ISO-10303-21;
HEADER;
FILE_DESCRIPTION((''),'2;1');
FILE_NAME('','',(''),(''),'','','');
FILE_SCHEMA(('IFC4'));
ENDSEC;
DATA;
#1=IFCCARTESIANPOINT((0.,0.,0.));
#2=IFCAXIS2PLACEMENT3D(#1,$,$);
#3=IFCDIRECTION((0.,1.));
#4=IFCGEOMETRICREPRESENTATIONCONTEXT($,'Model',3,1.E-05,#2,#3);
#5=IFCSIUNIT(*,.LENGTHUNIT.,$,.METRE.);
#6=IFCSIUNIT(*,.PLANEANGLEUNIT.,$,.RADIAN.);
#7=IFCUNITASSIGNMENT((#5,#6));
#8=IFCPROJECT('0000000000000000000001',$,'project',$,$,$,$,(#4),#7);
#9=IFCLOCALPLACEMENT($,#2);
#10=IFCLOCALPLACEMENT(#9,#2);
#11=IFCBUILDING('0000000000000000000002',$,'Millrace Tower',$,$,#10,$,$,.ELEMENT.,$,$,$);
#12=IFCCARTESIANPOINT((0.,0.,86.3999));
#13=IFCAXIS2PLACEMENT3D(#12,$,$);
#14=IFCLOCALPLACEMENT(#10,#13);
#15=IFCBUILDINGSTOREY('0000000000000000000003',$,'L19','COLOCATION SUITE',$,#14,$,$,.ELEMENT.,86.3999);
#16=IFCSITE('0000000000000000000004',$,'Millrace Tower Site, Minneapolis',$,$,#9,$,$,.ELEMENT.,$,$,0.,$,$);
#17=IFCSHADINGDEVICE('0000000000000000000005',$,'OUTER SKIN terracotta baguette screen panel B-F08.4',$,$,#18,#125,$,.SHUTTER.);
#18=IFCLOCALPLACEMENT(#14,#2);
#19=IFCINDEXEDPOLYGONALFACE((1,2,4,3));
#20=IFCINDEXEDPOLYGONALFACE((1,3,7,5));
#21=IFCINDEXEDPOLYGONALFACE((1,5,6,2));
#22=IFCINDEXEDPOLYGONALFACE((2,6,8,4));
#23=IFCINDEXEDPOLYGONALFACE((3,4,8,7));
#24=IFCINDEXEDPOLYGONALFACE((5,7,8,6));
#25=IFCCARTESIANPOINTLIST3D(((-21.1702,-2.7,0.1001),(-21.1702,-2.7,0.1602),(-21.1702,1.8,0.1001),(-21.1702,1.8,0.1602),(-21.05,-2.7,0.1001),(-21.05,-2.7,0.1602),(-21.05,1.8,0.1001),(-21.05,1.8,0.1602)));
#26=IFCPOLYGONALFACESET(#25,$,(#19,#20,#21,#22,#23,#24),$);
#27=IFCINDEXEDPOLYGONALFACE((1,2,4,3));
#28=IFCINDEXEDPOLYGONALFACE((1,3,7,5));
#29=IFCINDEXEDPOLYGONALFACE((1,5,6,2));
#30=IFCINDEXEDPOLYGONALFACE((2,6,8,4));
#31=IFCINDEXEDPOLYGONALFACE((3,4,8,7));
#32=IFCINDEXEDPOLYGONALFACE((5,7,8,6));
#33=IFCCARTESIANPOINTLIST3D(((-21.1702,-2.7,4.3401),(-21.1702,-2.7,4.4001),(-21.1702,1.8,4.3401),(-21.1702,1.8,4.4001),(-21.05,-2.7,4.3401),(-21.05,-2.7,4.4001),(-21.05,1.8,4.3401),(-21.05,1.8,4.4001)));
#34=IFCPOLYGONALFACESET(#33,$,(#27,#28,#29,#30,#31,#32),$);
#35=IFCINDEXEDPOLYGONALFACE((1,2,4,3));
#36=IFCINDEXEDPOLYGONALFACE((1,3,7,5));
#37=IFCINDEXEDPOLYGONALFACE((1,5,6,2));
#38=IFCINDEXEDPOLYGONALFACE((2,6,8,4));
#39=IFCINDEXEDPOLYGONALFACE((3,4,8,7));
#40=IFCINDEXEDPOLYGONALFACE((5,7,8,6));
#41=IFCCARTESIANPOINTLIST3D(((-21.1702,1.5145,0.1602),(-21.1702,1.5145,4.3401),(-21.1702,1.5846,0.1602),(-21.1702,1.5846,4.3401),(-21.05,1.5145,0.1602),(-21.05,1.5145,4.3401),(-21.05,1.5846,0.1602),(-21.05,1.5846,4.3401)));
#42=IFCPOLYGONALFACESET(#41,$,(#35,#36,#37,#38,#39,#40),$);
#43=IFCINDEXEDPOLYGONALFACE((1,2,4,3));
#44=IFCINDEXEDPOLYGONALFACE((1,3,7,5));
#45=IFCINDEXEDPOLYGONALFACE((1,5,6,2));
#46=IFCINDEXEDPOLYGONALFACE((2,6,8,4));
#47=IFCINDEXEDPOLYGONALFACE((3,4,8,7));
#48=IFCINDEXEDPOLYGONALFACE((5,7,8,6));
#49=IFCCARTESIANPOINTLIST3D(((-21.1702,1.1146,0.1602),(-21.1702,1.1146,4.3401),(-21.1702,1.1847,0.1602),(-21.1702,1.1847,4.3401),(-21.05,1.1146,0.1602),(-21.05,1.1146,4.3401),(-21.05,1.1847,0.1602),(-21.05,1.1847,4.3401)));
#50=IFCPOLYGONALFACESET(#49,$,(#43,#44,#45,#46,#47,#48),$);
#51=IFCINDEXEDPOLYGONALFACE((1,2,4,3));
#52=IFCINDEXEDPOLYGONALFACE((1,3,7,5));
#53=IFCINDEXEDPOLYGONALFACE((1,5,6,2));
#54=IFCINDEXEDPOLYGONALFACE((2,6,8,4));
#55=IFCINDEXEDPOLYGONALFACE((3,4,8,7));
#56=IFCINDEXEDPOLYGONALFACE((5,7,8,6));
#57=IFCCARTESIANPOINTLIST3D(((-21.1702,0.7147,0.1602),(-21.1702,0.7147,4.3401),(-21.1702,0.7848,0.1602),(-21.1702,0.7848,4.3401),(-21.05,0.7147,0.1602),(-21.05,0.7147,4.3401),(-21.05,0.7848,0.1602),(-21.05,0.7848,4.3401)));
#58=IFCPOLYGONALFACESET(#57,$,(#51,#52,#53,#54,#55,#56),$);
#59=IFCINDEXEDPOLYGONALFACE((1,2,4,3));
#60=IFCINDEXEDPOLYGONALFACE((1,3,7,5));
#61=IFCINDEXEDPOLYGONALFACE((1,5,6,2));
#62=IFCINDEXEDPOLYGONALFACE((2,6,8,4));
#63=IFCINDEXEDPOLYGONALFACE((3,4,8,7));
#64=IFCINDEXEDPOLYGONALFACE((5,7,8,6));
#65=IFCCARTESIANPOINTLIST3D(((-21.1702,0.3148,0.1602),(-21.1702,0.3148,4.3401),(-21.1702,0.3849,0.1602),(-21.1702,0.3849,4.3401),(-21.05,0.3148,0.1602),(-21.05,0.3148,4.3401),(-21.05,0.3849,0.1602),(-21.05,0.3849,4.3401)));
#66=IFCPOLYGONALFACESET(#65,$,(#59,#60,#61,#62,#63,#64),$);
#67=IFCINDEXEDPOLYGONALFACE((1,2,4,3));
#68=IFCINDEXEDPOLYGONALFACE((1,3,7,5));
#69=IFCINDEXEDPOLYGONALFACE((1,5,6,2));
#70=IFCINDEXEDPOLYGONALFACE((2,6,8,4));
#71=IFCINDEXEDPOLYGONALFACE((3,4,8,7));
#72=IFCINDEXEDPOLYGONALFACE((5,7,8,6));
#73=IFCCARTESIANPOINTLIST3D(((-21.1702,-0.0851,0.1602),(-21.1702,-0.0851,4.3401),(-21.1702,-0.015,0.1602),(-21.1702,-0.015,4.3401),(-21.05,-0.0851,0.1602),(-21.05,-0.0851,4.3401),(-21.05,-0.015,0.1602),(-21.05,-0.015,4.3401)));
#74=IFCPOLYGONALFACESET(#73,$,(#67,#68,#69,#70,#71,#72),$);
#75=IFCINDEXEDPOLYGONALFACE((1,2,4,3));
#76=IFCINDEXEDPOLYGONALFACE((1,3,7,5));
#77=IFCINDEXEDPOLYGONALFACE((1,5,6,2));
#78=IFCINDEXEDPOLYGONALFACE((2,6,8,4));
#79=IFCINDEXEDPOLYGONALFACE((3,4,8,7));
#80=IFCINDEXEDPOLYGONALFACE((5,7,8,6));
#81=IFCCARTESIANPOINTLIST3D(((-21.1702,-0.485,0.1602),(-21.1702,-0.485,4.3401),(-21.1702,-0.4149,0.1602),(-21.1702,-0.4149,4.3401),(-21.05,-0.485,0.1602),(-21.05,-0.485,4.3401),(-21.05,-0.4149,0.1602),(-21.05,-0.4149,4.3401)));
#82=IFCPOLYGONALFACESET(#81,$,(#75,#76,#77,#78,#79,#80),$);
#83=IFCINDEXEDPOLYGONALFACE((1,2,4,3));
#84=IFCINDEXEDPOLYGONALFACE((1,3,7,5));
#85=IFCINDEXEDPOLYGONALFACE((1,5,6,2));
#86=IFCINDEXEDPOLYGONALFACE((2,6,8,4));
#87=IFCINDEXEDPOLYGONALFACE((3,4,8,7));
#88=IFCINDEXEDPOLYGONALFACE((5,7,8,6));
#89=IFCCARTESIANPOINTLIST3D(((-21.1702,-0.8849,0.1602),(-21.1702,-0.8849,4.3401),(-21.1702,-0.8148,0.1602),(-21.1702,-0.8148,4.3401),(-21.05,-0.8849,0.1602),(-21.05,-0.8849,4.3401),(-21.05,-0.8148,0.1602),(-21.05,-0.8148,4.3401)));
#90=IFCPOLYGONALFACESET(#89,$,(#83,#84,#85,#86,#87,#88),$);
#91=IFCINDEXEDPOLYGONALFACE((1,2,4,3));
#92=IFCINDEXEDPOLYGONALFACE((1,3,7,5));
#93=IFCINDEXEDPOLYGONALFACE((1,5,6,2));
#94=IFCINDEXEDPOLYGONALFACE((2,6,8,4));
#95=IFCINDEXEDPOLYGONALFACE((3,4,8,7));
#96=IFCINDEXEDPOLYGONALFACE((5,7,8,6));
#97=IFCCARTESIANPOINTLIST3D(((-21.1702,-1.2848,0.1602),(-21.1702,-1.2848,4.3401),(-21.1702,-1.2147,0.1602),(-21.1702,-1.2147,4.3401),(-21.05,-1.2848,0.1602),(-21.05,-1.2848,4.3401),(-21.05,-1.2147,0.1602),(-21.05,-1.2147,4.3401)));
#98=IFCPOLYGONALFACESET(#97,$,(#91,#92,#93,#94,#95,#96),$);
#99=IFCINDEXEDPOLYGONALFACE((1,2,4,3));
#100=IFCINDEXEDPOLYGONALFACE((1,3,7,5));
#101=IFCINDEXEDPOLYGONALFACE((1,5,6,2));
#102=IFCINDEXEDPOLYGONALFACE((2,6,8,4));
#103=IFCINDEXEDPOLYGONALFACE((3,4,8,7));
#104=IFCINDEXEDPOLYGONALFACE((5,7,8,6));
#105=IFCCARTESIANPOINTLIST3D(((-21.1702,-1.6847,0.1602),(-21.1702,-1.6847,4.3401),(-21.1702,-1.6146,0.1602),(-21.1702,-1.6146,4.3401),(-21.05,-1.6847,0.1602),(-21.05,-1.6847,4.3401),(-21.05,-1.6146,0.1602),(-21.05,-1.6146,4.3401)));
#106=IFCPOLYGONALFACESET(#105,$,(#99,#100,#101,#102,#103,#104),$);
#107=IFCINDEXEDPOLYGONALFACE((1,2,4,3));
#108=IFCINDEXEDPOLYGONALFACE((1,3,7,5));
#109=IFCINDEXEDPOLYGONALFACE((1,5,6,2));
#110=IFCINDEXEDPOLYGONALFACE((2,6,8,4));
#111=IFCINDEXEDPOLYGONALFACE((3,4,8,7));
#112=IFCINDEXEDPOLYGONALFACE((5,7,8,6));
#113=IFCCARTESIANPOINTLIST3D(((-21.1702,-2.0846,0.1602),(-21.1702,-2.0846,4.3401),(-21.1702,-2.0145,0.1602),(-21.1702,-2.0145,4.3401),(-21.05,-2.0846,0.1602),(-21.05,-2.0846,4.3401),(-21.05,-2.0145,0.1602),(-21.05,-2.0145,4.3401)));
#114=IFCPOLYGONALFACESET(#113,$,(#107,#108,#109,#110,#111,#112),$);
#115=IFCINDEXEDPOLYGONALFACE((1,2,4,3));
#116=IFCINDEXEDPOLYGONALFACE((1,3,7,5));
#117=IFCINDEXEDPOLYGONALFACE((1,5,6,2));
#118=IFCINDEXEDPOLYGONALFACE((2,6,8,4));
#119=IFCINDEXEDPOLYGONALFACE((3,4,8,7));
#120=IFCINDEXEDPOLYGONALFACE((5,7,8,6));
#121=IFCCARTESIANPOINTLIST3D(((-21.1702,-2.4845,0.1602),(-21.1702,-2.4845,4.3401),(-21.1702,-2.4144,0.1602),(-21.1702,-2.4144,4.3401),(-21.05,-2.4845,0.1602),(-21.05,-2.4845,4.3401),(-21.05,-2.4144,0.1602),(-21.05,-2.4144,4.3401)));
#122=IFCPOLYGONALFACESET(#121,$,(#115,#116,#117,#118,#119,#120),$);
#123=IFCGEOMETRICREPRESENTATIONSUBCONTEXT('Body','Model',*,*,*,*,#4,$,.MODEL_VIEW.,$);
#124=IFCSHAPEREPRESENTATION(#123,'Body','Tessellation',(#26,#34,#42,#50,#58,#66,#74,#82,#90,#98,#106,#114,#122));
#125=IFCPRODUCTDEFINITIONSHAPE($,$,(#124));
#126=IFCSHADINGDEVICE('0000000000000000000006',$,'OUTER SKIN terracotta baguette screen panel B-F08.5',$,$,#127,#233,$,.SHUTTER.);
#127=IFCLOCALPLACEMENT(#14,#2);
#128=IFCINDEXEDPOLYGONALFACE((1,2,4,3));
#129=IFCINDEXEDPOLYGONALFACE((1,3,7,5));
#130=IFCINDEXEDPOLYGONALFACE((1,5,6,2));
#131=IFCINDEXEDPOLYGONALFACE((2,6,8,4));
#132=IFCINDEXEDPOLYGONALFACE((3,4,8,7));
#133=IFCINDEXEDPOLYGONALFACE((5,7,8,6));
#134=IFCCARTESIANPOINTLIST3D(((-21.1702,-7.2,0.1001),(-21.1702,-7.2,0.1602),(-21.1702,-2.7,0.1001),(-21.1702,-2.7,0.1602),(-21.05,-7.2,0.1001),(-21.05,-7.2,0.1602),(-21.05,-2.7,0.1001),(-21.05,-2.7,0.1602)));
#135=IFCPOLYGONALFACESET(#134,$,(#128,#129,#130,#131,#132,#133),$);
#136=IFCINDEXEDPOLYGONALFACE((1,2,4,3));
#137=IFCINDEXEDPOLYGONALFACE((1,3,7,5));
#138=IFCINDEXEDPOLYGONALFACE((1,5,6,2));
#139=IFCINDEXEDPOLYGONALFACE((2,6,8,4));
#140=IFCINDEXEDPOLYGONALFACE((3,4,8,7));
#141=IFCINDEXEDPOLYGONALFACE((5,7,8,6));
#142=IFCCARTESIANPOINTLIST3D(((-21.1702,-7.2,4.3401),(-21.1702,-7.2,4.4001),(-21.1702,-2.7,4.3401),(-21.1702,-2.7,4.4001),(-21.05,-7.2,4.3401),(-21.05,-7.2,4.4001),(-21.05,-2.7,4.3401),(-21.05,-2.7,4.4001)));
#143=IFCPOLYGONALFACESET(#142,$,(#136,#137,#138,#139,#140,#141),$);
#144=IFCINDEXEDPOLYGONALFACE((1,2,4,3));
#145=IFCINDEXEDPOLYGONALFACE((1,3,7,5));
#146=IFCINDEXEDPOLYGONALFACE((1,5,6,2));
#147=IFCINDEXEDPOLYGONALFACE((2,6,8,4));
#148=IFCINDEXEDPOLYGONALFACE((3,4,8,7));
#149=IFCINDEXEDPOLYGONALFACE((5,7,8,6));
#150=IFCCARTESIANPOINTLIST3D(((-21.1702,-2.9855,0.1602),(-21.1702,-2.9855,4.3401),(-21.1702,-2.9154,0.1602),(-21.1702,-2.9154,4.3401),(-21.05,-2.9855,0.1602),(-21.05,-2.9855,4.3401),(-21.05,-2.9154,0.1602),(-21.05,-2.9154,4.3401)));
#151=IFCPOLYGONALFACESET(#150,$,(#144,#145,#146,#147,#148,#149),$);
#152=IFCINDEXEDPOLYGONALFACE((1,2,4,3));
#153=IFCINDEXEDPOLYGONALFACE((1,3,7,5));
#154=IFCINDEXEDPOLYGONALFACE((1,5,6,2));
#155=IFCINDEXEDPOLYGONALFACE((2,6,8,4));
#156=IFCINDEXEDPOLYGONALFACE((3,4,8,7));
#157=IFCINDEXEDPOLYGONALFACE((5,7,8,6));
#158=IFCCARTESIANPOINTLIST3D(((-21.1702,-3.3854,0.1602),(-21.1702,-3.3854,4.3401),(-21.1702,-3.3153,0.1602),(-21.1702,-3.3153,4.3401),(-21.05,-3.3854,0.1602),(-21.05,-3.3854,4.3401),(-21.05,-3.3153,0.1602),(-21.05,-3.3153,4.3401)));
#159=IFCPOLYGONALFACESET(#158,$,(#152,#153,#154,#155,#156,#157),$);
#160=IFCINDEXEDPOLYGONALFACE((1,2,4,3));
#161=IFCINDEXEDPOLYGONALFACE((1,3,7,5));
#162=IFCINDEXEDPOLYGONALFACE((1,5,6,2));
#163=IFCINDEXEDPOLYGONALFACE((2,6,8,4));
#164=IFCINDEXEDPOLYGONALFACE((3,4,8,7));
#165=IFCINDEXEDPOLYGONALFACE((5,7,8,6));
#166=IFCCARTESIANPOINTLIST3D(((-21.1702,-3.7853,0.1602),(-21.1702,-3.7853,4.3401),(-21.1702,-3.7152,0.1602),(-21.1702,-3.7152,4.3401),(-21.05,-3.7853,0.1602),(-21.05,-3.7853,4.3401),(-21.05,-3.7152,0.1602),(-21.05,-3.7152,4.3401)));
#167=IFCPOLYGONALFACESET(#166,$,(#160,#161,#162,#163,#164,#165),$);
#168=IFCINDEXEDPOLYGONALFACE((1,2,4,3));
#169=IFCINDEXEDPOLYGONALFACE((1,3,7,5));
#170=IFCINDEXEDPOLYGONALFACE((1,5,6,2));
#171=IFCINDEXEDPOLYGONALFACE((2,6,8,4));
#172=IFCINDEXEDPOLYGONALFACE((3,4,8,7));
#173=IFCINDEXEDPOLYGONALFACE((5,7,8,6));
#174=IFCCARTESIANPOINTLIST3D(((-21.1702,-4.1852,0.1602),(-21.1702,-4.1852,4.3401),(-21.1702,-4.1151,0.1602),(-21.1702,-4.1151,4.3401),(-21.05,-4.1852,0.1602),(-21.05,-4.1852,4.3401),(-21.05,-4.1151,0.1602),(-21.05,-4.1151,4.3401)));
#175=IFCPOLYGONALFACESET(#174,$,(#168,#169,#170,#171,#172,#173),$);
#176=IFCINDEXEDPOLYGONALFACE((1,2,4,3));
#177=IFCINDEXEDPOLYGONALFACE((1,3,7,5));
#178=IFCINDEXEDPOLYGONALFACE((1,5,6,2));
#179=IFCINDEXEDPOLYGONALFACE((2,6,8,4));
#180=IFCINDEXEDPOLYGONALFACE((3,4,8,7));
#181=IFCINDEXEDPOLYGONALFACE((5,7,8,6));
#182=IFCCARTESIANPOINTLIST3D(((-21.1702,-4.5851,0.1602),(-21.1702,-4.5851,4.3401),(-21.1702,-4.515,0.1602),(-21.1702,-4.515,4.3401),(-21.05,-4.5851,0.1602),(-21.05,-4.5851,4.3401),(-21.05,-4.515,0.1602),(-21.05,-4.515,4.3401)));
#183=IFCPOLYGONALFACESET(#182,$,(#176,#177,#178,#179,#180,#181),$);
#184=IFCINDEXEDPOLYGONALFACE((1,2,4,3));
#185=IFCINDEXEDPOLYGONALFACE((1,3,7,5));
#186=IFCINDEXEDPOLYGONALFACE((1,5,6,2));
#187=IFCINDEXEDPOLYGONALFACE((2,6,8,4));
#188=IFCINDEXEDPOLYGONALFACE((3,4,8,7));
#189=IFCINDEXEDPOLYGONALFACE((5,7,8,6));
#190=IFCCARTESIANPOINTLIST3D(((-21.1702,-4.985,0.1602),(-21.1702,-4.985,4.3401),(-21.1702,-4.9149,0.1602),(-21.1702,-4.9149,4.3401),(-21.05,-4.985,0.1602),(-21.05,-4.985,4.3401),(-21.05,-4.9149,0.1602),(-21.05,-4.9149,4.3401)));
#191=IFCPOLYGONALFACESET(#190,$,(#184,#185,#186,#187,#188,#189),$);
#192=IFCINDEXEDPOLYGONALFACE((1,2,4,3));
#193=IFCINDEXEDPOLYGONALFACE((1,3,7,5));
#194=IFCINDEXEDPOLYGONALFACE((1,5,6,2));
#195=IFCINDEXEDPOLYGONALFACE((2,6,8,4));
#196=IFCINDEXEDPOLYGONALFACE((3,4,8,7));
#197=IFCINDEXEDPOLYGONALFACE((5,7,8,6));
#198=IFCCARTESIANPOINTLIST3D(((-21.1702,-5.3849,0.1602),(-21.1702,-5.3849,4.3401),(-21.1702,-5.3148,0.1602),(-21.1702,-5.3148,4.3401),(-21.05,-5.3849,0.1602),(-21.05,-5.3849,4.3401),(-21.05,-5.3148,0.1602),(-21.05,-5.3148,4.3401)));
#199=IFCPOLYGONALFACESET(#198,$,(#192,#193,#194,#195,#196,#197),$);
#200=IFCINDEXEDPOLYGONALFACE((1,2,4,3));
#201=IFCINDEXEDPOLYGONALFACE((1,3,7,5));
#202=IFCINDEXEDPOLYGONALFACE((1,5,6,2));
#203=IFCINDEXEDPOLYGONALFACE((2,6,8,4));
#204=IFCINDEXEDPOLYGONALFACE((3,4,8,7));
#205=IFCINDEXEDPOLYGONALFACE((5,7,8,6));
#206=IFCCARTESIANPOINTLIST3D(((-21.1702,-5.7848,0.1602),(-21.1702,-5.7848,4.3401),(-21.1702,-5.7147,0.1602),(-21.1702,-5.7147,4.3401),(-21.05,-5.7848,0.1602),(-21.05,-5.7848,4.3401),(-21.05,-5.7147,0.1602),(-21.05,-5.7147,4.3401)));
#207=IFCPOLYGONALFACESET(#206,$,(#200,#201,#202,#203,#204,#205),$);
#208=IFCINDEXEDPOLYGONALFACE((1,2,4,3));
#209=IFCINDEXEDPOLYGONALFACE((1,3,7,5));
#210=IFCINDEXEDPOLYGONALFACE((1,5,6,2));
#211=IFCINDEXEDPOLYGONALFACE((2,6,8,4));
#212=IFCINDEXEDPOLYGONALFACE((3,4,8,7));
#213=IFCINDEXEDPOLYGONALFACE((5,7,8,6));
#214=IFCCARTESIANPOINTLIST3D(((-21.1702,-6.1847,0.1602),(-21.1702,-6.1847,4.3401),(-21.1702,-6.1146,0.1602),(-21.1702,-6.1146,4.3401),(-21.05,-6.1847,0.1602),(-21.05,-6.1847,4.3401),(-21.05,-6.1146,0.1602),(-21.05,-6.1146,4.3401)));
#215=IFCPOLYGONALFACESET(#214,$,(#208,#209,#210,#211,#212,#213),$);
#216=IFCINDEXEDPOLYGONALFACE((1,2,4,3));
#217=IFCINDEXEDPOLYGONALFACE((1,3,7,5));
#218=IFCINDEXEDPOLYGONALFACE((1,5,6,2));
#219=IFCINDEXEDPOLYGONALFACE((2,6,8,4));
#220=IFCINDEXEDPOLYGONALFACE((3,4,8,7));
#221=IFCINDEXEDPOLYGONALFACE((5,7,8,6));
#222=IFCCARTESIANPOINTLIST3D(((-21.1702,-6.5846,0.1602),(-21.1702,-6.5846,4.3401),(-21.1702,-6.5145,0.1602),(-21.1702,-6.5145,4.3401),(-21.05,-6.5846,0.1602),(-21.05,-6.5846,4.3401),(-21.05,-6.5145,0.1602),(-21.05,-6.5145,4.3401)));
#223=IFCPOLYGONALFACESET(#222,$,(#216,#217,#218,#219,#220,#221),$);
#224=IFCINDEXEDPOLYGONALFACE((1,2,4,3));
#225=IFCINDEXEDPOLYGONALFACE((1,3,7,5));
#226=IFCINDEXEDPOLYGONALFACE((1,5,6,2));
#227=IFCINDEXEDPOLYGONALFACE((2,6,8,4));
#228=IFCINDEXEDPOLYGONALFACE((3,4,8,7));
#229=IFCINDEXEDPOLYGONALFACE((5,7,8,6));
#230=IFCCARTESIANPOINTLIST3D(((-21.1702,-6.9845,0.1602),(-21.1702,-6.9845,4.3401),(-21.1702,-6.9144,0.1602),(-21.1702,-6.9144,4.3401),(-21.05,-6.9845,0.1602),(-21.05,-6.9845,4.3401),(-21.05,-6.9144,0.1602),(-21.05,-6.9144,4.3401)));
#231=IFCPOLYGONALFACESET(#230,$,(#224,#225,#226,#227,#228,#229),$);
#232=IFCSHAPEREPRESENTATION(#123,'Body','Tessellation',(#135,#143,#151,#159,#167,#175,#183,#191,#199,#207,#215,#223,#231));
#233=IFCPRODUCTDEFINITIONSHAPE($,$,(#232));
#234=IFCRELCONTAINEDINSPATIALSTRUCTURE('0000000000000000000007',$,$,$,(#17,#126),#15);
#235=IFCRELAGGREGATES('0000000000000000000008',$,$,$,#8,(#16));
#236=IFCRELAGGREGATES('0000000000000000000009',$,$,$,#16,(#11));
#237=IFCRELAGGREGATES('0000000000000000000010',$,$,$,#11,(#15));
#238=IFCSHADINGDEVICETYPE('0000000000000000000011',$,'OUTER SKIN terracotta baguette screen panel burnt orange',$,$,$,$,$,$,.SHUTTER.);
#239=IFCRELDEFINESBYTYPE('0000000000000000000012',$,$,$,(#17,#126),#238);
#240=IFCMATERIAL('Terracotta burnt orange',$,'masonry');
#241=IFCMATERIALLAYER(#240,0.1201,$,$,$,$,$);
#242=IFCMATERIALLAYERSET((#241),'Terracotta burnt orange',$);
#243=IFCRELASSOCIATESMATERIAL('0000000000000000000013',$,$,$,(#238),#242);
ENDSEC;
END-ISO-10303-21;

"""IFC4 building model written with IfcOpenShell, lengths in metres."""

from ifc_helpers import new_model, entity, si_unit, direction, frame, frame_2d, origin, origin_2d, place, context, subcontext, project, spatial, rectangle, extrude, source, transform, mapped, material, layer, layer_set, type_object, element, save


model = new_model("IFC4")

# Units and contexts
model_context = context("Model", 3, precision=1e-05, world=origin(), true_north=direction((0.0, 1.0)))
body_context = subcontext(model_context, "Body", "Model", "MODEL_VIEW")
ifc_project = project(units=[si_unit("LENGTHUNIT", "METRE"), si_unit("PLANEANGLEUNIT", "RADIAN")], contexts=[model_context])

# Site, building, storey
site_placement = place(None, origin())
site = spatial("IfcSite", under=ifc_project, at=site_placement, Name="Millrace Tower Site, Minneapolis", CompositionType="ELEMENT", RefElevation=0.0)
building_placement = place(site_placement, origin())
building = spatial("IfcBuilding", under=site, at=building_placement, Name="Millrace Tower", CompositionType="ELEMENT")
storey_placement = place(building_placement, frame((0.0, 0.0, 86.3999)))
storey = spatial("IfcBuildingStorey", under=building, at=storey_placement, Name="L19", Description="COLOCATION SUITE", CompositionType="ELEMENT", Elevation=86.3999)

# Shading devices
ifc_material_1 = material(Name="Terracotta burnt orange", Category="masonry")
ifc_layer_1 = layer(ifc_material_1, 0.1201)
ifc_layer_set_1 = layer_set([ifc_layer_1], Name="Terracotta burnt orange")
shading_device_type = type_object("IfcShadingDeviceType", Name="OUTER SKIN terracotta baguette screen panel burnt orange", PredefinedType="SHUTTER", material=ifc_layer_set_1)
cartesian_point = entity("IfcCartesianPoint", [-2.25, 0.0601])
shared_polyline = entity("IfcPolyline", [cartesian_point, entity("IfcCartesianPoint", [2.25, 0.0601]), entity("IfcCartesianPoint", [2.25, -0.0601]), entity("IfcCartesianPoint", [-2.25, -0.0601]), cartesian_point])
shared_shape = source(origin(), body_context, "Body", "SweptSolid", [
    entity("IfcExtrudedAreaSolid", entity("IfcArbitraryClosedProfileDef", "AREA", None, shared_polyline), entity("IfcAxis2Placement3D", entity("IfcCartesianPoint", [0.0, 0.0, 0.0])), entity("IfcDirection", [0.0, 0.0, 1.0]), 0.0601),
    entity("IfcExtrudedAreaSolid", entity("IfcArbitraryClosedProfileDef", "AREA", None, shared_polyline), entity("IfcAxis2Placement3D", entity("IfcCartesianPoint", [0.0, 0.0, 4.24])), entity("IfcDirection", [0.0, 0.0, 1.0]), 0.0601),
    extrude(rectangle(XDim=0.0701, YDim=0.1201, at=frame_2d((-1.9995, 0.0))), frame((0.0, 0.0, 0.0601)), (0.0, 0.0, 1.0), 4.1799),
    extrude(rectangle(XDim=0.0701, YDim=0.1201, at=frame_2d((-1.5996, 0.0))), frame((0.0, 0.0, 0.0601)), (0.0, 0.0, 1.0), 4.1799),
    extrude(rectangle(XDim=0.0701, YDim=0.1201, at=frame_2d((-1.1997, 0.0))), frame((0.0, 0.0, 0.0601)), (0.0, 0.0, 1.0), 4.1799),
    extrude(rectangle(XDim=0.0701, YDim=0.1201, at=frame_2d((-0.7998, 0.0))), frame((0.0, 0.0, 0.0601)), (0.0, 0.0, 1.0), 4.1799),
    extrude(rectangle(XDim=0.0701, YDim=0.1201, at=frame_2d((-0.3999, 0.0))), frame((0.0, 0.0, 0.0601)), (0.0, 0.0, 1.0), 4.1799),
    extrude(rectangle(XDim=0.0701, YDim=0.1201, at=origin_2d()), frame((0.0, 0.0, 0.0601)), (0.0, 0.0, 1.0), 4.1799),
    extrude(rectangle(XDim=0.0701, YDim=0.1201, at=frame_2d((0.3999, 0.0))), frame((0.0, 0.0, 0.0601)), (0.0, 0.0, 1.0), 4.1799),
    extrude(rectangle(XDim=0.0701, YDim=0.1201, at=frame_2d((0.7998, 0.0))), frame((0.0, 0.0, 0.0601)), (0.0, 0.0, 1.0), 4.1799),
    extrude(rectangle(XDim=0.0701, YDim=0.1201, at=frame_2d((1.1997, 0.0))), frame((0.0, 0.0, 0.0601)), (0.0, 0.0, 1.0), 4.1799),
    extrude(rectangle(XDim=0.0701, YDim=0.1201, at=frame_2d((1.5996, 0.0))), frame((0.0, 0.0, 0.0601)), (0.0, 0.0, 1.0), 4.1799),
    extrude(rectangle(XDim=0.0701, YDim=0.1201, at=frame_2d((1.9995, 0.0))), frame((0.0, 0.0, 0.0601)), (0.0, 0.0, 1.0), 4.1799),
])
for number, where, z_axis, x_axis, name in (
    (1, (-21.1101, -0.45, 0.1001), (0.0, 0.0, 1.0), (0.0, -1.0, 0.0), "OUTER SKIN terracotta baguette screen panel B-F08.4"),
    (2, (-21.1101, -4.95, 0.1001), (0.0, 0.0, 1.0), (0.0, -1.0, 0.0), "OUTER SKIN terracotta baguette screen panel B-F08.5"),
):
    element("IfcShadingDevice", number, at=place(storey_placement, frame(where, z_axis=z_axis, x_axis=x_axis)), inside=storey, type_object=shading_device_type, Name=name, PredefinedType="SHUTTER", context=body_context, shape_type="MappedRepresentation", body=[
        mapped(shared_shape, transform((0.0, 0.0, 0.0), scale=1.0)),
    ])

save(model, "model.ifc")
